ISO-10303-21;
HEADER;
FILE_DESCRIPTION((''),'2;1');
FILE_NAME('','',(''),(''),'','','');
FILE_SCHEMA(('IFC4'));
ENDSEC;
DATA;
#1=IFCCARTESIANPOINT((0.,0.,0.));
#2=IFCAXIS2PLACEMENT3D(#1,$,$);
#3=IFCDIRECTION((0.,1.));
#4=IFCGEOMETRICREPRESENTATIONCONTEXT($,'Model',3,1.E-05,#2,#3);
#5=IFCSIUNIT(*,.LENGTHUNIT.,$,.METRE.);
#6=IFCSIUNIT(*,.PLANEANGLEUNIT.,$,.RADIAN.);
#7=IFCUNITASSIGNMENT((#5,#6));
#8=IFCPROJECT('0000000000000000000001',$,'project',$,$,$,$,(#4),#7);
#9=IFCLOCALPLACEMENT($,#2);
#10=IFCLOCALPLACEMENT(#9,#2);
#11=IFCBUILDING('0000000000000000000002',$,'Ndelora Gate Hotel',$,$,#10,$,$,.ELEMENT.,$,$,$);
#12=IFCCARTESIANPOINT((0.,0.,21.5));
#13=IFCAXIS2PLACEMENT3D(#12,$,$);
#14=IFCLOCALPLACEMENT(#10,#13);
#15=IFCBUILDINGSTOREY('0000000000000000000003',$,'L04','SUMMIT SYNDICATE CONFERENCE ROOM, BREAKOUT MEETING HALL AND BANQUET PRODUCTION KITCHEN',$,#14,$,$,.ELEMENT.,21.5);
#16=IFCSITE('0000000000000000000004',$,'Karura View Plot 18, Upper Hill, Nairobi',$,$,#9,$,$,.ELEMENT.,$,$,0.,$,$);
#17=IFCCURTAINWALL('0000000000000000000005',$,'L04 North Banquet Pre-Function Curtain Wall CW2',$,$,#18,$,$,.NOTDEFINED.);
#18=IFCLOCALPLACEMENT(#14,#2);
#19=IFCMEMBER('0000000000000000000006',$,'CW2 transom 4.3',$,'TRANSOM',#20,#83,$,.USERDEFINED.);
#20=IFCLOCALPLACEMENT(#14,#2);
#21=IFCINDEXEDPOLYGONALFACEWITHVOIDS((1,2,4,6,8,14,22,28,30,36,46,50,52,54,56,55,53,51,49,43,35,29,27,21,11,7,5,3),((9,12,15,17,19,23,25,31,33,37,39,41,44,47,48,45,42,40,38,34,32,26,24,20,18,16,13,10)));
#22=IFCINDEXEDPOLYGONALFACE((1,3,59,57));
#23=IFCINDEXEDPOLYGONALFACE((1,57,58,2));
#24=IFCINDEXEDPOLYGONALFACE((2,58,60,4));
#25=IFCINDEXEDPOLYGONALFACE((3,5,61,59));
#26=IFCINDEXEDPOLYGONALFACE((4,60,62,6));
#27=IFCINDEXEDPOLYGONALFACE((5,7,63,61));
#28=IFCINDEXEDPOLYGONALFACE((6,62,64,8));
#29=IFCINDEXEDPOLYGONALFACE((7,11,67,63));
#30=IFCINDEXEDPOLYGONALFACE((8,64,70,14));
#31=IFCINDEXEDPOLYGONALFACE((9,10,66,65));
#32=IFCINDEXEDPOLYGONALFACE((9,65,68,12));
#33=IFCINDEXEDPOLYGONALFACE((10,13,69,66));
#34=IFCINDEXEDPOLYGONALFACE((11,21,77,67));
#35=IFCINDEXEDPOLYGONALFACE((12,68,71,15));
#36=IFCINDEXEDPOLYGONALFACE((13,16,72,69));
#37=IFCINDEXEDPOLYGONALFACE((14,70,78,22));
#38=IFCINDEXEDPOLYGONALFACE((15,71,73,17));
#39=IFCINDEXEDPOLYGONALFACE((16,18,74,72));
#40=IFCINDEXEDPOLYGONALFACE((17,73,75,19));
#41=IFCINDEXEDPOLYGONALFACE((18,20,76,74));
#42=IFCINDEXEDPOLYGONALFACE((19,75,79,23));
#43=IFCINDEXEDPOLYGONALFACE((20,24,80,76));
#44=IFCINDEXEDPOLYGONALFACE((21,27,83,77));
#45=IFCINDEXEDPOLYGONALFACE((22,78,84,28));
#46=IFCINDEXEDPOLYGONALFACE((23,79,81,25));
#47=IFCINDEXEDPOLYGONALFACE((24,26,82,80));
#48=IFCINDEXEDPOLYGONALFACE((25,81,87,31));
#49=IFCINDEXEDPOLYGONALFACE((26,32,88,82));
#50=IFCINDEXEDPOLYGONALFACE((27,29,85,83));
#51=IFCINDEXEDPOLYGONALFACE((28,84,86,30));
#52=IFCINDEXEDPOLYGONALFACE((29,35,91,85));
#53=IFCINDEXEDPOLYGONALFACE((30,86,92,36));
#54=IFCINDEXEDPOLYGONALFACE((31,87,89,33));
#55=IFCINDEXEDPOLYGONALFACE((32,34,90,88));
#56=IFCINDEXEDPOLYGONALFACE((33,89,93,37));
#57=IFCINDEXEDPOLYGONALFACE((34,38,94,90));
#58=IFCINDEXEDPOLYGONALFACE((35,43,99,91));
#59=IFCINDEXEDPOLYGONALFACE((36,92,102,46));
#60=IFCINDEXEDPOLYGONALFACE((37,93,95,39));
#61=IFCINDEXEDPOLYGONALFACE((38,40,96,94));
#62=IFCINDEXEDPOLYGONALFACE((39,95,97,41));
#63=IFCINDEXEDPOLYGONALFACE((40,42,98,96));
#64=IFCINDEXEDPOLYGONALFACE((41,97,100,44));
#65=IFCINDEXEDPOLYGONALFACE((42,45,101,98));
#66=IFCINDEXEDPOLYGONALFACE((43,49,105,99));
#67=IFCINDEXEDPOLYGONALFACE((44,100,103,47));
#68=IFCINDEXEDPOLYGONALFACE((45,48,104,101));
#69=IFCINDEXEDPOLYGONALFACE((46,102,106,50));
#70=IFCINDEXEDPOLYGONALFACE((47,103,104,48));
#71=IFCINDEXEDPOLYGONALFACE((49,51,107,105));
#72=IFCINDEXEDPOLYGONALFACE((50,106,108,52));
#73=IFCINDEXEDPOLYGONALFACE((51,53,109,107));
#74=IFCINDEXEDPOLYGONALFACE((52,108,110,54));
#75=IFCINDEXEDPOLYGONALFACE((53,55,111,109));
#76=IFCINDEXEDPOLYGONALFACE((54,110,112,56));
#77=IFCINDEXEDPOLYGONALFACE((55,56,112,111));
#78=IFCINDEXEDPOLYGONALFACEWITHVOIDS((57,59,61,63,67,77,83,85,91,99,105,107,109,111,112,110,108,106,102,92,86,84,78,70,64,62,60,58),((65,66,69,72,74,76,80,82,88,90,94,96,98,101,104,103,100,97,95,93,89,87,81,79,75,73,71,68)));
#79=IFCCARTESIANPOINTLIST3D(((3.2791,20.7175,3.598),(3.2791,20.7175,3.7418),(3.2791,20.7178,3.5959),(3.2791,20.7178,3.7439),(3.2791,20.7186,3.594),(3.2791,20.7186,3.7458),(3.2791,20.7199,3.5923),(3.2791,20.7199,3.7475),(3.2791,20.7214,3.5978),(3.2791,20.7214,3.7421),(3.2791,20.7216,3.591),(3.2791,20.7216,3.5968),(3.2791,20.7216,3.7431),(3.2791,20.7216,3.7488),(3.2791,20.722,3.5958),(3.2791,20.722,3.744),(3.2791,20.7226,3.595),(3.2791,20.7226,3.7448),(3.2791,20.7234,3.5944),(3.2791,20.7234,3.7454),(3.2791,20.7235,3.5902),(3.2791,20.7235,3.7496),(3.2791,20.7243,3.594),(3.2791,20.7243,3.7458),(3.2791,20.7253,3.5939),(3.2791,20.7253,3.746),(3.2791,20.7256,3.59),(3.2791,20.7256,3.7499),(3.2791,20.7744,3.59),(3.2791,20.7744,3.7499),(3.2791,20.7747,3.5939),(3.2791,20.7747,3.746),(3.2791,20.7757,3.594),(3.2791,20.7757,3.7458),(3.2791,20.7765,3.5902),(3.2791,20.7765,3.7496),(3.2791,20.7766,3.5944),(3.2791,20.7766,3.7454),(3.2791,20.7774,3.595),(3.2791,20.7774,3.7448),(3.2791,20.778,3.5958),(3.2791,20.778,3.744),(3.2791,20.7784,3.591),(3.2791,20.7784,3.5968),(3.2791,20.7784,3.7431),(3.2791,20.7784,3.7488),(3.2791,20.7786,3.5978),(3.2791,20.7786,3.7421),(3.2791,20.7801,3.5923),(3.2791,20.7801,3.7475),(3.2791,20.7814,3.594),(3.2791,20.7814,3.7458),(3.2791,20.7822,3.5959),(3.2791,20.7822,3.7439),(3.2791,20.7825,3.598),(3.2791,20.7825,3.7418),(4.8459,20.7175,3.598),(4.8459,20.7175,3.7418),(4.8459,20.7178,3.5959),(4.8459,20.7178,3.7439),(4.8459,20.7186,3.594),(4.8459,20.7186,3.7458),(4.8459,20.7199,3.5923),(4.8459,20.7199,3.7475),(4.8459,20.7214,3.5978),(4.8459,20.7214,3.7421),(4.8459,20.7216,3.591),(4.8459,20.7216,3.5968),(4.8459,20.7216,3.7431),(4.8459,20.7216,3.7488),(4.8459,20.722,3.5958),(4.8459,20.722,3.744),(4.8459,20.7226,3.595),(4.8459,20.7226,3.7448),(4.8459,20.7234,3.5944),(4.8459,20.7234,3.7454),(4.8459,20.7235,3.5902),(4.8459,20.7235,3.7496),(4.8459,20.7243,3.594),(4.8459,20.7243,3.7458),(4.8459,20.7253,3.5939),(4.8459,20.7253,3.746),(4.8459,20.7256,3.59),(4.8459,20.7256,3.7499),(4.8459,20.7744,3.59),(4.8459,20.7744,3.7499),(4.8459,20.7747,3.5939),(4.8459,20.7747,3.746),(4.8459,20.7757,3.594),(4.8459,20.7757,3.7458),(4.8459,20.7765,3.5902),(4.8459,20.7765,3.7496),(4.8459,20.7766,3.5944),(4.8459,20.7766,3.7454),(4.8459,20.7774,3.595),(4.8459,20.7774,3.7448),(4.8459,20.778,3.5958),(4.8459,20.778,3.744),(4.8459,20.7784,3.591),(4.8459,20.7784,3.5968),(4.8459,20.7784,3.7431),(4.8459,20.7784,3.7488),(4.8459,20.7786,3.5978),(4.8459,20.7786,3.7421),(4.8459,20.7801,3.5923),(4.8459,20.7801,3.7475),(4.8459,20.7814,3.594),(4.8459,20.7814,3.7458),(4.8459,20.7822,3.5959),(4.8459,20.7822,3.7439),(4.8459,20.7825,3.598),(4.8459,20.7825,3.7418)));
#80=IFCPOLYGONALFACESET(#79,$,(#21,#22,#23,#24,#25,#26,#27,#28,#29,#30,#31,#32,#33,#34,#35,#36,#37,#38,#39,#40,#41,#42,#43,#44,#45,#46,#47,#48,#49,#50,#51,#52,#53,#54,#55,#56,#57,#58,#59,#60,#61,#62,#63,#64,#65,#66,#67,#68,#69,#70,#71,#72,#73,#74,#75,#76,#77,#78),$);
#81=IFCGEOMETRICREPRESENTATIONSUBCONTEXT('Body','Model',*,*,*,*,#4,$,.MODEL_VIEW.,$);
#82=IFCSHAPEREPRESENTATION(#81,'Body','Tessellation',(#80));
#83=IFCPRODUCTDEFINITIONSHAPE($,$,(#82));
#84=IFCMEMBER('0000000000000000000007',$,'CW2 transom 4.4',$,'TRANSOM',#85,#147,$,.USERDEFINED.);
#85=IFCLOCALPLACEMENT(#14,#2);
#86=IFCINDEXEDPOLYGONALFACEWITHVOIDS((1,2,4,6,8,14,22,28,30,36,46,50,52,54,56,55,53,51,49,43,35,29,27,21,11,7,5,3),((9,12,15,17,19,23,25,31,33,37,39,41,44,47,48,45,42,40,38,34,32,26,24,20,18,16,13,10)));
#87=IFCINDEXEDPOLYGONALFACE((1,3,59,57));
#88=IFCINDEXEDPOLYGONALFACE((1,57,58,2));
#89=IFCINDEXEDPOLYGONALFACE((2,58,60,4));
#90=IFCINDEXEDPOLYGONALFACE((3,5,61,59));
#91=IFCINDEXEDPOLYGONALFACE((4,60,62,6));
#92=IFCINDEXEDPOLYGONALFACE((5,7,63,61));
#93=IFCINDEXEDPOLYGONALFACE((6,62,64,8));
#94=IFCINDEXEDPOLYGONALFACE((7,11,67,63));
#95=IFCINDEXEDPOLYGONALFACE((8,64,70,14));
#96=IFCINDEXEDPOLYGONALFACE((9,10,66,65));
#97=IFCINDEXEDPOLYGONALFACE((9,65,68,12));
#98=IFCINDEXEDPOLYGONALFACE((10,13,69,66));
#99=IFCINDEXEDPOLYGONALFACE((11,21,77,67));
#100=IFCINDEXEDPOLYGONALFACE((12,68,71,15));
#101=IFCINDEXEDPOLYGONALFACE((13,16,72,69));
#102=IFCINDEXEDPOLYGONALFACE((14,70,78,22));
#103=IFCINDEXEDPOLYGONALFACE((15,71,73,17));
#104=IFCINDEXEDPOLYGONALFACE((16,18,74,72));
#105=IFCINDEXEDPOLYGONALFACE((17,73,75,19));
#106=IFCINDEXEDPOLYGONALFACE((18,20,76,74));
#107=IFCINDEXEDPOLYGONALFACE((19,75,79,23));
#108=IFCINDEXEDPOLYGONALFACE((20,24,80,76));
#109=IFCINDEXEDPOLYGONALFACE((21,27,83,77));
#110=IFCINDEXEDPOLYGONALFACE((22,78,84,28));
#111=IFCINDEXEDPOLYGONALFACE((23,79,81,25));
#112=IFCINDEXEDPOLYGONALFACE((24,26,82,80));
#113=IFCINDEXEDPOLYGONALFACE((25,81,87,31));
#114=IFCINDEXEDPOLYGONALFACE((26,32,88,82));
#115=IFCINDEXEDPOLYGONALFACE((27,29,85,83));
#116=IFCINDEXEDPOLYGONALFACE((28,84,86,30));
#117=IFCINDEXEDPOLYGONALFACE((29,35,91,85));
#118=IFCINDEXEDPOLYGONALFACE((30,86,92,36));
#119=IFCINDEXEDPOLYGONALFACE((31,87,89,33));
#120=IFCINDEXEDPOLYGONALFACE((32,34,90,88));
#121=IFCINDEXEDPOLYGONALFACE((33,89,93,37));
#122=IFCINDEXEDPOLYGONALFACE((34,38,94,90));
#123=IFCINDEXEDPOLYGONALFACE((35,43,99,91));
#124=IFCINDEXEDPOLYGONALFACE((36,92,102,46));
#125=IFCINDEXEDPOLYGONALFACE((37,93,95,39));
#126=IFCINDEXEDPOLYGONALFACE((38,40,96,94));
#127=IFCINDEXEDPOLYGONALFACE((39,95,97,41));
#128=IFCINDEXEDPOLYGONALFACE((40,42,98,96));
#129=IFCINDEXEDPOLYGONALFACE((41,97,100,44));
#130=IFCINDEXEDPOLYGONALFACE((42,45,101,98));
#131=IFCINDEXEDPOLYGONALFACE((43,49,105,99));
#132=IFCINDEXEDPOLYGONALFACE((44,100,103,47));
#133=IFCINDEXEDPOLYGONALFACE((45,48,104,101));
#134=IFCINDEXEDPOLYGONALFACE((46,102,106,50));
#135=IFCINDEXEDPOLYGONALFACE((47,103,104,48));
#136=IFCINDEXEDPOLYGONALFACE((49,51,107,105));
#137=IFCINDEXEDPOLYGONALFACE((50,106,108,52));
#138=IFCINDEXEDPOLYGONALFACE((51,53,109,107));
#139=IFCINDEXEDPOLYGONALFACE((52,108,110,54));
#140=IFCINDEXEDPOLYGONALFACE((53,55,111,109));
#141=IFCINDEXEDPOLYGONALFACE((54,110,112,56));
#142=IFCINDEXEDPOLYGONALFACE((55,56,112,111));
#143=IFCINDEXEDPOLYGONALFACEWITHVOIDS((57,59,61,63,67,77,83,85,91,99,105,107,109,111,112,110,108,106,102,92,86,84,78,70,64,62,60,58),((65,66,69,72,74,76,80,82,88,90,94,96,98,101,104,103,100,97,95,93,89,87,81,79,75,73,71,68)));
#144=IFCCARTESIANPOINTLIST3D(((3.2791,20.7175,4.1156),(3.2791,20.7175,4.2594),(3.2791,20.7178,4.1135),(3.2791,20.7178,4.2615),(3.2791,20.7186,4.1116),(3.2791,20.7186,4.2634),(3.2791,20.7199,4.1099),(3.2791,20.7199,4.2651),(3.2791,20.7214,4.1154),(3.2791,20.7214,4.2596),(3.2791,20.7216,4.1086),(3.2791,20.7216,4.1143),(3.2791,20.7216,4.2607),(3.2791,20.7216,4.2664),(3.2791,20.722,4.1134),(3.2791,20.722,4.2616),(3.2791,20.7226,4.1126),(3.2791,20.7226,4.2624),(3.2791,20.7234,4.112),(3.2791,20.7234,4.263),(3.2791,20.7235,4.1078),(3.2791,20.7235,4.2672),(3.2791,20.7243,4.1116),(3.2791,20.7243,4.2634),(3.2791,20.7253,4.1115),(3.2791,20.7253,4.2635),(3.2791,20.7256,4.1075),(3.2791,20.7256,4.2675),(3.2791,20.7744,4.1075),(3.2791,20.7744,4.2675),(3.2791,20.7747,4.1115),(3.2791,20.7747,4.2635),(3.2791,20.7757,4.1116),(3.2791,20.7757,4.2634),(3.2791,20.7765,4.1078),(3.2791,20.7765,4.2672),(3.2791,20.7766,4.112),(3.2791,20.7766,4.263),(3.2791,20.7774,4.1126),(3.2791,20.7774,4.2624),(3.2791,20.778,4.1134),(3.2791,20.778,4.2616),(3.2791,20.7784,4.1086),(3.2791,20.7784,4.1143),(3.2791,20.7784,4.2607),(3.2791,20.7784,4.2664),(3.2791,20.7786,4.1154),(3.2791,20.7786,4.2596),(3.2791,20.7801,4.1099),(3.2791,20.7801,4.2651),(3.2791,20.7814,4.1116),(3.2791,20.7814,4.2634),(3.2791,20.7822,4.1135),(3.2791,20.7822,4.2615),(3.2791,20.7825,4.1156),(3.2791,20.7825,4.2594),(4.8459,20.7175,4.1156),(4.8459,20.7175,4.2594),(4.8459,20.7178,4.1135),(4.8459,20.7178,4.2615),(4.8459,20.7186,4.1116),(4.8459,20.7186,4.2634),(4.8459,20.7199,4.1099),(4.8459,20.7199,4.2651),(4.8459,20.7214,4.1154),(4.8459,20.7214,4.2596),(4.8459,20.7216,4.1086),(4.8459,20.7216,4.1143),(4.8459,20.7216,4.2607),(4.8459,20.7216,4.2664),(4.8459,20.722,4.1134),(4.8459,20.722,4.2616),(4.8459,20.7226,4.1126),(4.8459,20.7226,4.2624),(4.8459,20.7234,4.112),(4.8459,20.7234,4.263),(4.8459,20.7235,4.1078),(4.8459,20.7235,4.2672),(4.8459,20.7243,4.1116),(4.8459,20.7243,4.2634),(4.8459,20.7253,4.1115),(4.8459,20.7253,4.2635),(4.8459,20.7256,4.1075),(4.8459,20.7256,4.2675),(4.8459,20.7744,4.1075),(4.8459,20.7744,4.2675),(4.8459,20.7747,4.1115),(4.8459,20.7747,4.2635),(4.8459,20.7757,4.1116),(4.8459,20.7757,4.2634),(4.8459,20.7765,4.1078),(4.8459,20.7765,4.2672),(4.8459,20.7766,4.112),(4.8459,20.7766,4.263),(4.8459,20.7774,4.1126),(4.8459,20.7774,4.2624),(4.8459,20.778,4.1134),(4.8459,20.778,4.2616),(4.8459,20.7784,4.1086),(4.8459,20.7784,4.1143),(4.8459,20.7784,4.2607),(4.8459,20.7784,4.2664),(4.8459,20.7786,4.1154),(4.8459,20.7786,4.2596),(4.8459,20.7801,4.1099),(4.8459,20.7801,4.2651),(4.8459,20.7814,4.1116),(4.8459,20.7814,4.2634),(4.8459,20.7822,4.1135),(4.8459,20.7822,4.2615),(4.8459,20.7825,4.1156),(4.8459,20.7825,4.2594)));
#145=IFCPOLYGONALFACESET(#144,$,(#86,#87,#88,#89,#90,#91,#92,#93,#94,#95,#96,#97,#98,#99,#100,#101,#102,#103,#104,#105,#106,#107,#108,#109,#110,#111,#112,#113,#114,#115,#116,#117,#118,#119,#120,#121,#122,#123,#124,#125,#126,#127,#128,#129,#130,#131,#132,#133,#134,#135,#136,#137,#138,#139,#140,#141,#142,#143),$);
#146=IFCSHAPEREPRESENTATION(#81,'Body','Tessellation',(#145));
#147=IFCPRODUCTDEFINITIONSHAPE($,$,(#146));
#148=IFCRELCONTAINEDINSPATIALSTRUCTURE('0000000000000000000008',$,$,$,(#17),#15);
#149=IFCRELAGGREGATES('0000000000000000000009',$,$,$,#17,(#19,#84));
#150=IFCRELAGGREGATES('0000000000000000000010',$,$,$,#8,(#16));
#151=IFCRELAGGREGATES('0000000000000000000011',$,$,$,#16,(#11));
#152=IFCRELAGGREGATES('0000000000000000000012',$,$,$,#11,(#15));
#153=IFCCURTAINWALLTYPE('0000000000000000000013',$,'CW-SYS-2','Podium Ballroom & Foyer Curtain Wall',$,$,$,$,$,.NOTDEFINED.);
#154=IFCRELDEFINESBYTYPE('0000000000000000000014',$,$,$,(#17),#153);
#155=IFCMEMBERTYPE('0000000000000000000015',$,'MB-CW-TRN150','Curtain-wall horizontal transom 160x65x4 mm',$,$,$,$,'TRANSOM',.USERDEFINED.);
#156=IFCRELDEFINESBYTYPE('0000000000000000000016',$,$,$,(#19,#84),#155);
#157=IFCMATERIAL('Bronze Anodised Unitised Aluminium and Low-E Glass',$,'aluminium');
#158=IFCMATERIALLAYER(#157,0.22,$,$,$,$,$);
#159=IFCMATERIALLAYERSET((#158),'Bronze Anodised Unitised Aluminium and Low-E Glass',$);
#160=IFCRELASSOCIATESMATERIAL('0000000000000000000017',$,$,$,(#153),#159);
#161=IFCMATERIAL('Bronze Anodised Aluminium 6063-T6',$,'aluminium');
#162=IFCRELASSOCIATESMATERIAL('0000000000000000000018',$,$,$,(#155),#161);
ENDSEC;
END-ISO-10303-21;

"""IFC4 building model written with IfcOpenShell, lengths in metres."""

from ifc_helpers import new_model, si_unit, direction, frame, origin, origin_2d, place, context, subcontext, project, spatial, hollow_rectangle, extrude, material, layer, layer_set, material_profile, profile_set, type_object, element, aggregate, save


model = new_model("IFC4")

# Units and contexts
model_context = context("Model", 3, precision=1e-05, world=origin(), true_north=direction((0.0, 1.0)))
body_context = subcontext(model_context, "Body", "Model", "MODEL_VIEW")
ifc_project = project(units=[si_unit("LENGTHUNIT", "METRE"), si_unit("PLANEANGLEUNIT", "RADIAN")], contexts=[model_context])

# Site, building, storey
site_placement = place(None, origin())
site = spatial("IfcSite", under=ifc_project, at=site_placement, Name="Karura View Plot 18, Upper Hill, Nairobi", CompositionType="ELEMENT", RefElevation=0.0)
building_placement = place(site_placement, origin())
building = spatial("IfcBuilding", under=site, at=building_placement, Name="Ndelora Gate Hotel", CompositionType="ELEMENT")
storey_placement = place(building_placement, frame((0.0, 0.0, 21.5)))
storey = spatial("IfcBuildingStorey", under=building, at=storey_placement, Name="L04", Description="SUMMIT SYNDICATE CONFERENCE ROOM, BREAKOUT MEETING HALL AND BANQUET PRODUCTION KITCHEN", CompositionType="ELEMENT", Elevation=21.5)

# Curtain wall, members
ifc_material_1 = material(Name="Bronze Anodised Unitised Aluminium and Low-E Glass", Category="aluminium")
ifc_layer_1 = layer(ifc_material_1, 0.22)
ifc_layer_set_1 = layer_set([ifc_layer_1], Name="Bronze Anodised Unitised Aluminium and Low-E Glass")
curtain_wall_type = type_object("IfcCurtainWallType", Name="CW-SYS-2", Description="Podium Ballroom & Foyer Curtain Wall", PredefinedType="NOTDEFINED", material=ifc_layer_set_1)
curtain_wall_placement = place(storey_placement, origin())
curtain_wall = element("IfcCurtainWall", 1, at=curtain_wall_placement, inside=storey, type_object=curtain_wall_type, Name="L04 North Banquet Pre-Function Curtain Wall CW2", PredefinedType="NOTDEFINED")
ifc_material_2 = material(Name="Bronze Anodised Aluminium 6063-T6", Category="aluminium")
ifc_material_profile_1 = material_profile(ifc_material_2, hollow_rectangle(XDim=0.0649, YDim=0.1599, WallThickness=0.0039, InnerFilletRadius=0.0039, OuterFilletRadius=0.0081, at=origin_2d()), Name="ALU 160x65x4")
ifc_profile_set_1 = profile_set([ifc_material_profile_1], Name="Bronze Anodised Aluminium 6063-T6")
member_type_1 = type_object("IfcMemberType", Name="MB-CW-TRN150", Description="Curtain-wall horizontal transom 160x65x4 mm", ElementType="TRANSOM", PredefinedType="USERDEFINED", material=ifc_profile_set_1)
member_1_placement = place(storey_placement, frame((4.8459, 20.75, 3.6699), z_axis=(-1.0, 0.0, 0.0), x_axis=(0.0, -1.0, 0.0)))
member_1 = element("IfcMember", 2, at=member_1_placement, type_object=member_type_1, Name="CW2 transom 4.3", ObjectType="TRANSOM", PredefinedType="USERDEFINED", context=body_context, shape_type="SweptSolid", body=[
    extrude(hollow_rectangle(XDim=0.0649, YDim=0.1599, WallThickness=0.0039, InnerFilletRadius=0.0039, OuterFilletRadius=0.0081, at=origin_2d()), origin(), (0.0, 0.0, 1.0), 1.5669),
])
member_2_placement = place(storey_placement, frame((4.8459, 20.75, 4.1875), z_axis=(-1.0, 0.0, 0.0), x_axis=(0.0, -1.0, 0.0)))
member_2 = element("IfcMember", 3, at=member_2_placement, type_object=member_type_1, Name="CW2 transom 4.4", ObjectType="TRANSOM", PredefinedType="USERDEFINED", context=body_context, shape_type="SweptSolid", body=[
    extrude(hollow_rectangle(XDim=0.0649, YDim=0.1599, WallThickness=0.0039, InnerFilletRadius=0.0039, OuterFilletRadius=0.0081, at=origin_2d()), origin(), (0.0, 0.0, 1.0), 1.5669),
])
aggregate(curtain_wall, [member_1, member_2])

save(model, "model.ifc")
